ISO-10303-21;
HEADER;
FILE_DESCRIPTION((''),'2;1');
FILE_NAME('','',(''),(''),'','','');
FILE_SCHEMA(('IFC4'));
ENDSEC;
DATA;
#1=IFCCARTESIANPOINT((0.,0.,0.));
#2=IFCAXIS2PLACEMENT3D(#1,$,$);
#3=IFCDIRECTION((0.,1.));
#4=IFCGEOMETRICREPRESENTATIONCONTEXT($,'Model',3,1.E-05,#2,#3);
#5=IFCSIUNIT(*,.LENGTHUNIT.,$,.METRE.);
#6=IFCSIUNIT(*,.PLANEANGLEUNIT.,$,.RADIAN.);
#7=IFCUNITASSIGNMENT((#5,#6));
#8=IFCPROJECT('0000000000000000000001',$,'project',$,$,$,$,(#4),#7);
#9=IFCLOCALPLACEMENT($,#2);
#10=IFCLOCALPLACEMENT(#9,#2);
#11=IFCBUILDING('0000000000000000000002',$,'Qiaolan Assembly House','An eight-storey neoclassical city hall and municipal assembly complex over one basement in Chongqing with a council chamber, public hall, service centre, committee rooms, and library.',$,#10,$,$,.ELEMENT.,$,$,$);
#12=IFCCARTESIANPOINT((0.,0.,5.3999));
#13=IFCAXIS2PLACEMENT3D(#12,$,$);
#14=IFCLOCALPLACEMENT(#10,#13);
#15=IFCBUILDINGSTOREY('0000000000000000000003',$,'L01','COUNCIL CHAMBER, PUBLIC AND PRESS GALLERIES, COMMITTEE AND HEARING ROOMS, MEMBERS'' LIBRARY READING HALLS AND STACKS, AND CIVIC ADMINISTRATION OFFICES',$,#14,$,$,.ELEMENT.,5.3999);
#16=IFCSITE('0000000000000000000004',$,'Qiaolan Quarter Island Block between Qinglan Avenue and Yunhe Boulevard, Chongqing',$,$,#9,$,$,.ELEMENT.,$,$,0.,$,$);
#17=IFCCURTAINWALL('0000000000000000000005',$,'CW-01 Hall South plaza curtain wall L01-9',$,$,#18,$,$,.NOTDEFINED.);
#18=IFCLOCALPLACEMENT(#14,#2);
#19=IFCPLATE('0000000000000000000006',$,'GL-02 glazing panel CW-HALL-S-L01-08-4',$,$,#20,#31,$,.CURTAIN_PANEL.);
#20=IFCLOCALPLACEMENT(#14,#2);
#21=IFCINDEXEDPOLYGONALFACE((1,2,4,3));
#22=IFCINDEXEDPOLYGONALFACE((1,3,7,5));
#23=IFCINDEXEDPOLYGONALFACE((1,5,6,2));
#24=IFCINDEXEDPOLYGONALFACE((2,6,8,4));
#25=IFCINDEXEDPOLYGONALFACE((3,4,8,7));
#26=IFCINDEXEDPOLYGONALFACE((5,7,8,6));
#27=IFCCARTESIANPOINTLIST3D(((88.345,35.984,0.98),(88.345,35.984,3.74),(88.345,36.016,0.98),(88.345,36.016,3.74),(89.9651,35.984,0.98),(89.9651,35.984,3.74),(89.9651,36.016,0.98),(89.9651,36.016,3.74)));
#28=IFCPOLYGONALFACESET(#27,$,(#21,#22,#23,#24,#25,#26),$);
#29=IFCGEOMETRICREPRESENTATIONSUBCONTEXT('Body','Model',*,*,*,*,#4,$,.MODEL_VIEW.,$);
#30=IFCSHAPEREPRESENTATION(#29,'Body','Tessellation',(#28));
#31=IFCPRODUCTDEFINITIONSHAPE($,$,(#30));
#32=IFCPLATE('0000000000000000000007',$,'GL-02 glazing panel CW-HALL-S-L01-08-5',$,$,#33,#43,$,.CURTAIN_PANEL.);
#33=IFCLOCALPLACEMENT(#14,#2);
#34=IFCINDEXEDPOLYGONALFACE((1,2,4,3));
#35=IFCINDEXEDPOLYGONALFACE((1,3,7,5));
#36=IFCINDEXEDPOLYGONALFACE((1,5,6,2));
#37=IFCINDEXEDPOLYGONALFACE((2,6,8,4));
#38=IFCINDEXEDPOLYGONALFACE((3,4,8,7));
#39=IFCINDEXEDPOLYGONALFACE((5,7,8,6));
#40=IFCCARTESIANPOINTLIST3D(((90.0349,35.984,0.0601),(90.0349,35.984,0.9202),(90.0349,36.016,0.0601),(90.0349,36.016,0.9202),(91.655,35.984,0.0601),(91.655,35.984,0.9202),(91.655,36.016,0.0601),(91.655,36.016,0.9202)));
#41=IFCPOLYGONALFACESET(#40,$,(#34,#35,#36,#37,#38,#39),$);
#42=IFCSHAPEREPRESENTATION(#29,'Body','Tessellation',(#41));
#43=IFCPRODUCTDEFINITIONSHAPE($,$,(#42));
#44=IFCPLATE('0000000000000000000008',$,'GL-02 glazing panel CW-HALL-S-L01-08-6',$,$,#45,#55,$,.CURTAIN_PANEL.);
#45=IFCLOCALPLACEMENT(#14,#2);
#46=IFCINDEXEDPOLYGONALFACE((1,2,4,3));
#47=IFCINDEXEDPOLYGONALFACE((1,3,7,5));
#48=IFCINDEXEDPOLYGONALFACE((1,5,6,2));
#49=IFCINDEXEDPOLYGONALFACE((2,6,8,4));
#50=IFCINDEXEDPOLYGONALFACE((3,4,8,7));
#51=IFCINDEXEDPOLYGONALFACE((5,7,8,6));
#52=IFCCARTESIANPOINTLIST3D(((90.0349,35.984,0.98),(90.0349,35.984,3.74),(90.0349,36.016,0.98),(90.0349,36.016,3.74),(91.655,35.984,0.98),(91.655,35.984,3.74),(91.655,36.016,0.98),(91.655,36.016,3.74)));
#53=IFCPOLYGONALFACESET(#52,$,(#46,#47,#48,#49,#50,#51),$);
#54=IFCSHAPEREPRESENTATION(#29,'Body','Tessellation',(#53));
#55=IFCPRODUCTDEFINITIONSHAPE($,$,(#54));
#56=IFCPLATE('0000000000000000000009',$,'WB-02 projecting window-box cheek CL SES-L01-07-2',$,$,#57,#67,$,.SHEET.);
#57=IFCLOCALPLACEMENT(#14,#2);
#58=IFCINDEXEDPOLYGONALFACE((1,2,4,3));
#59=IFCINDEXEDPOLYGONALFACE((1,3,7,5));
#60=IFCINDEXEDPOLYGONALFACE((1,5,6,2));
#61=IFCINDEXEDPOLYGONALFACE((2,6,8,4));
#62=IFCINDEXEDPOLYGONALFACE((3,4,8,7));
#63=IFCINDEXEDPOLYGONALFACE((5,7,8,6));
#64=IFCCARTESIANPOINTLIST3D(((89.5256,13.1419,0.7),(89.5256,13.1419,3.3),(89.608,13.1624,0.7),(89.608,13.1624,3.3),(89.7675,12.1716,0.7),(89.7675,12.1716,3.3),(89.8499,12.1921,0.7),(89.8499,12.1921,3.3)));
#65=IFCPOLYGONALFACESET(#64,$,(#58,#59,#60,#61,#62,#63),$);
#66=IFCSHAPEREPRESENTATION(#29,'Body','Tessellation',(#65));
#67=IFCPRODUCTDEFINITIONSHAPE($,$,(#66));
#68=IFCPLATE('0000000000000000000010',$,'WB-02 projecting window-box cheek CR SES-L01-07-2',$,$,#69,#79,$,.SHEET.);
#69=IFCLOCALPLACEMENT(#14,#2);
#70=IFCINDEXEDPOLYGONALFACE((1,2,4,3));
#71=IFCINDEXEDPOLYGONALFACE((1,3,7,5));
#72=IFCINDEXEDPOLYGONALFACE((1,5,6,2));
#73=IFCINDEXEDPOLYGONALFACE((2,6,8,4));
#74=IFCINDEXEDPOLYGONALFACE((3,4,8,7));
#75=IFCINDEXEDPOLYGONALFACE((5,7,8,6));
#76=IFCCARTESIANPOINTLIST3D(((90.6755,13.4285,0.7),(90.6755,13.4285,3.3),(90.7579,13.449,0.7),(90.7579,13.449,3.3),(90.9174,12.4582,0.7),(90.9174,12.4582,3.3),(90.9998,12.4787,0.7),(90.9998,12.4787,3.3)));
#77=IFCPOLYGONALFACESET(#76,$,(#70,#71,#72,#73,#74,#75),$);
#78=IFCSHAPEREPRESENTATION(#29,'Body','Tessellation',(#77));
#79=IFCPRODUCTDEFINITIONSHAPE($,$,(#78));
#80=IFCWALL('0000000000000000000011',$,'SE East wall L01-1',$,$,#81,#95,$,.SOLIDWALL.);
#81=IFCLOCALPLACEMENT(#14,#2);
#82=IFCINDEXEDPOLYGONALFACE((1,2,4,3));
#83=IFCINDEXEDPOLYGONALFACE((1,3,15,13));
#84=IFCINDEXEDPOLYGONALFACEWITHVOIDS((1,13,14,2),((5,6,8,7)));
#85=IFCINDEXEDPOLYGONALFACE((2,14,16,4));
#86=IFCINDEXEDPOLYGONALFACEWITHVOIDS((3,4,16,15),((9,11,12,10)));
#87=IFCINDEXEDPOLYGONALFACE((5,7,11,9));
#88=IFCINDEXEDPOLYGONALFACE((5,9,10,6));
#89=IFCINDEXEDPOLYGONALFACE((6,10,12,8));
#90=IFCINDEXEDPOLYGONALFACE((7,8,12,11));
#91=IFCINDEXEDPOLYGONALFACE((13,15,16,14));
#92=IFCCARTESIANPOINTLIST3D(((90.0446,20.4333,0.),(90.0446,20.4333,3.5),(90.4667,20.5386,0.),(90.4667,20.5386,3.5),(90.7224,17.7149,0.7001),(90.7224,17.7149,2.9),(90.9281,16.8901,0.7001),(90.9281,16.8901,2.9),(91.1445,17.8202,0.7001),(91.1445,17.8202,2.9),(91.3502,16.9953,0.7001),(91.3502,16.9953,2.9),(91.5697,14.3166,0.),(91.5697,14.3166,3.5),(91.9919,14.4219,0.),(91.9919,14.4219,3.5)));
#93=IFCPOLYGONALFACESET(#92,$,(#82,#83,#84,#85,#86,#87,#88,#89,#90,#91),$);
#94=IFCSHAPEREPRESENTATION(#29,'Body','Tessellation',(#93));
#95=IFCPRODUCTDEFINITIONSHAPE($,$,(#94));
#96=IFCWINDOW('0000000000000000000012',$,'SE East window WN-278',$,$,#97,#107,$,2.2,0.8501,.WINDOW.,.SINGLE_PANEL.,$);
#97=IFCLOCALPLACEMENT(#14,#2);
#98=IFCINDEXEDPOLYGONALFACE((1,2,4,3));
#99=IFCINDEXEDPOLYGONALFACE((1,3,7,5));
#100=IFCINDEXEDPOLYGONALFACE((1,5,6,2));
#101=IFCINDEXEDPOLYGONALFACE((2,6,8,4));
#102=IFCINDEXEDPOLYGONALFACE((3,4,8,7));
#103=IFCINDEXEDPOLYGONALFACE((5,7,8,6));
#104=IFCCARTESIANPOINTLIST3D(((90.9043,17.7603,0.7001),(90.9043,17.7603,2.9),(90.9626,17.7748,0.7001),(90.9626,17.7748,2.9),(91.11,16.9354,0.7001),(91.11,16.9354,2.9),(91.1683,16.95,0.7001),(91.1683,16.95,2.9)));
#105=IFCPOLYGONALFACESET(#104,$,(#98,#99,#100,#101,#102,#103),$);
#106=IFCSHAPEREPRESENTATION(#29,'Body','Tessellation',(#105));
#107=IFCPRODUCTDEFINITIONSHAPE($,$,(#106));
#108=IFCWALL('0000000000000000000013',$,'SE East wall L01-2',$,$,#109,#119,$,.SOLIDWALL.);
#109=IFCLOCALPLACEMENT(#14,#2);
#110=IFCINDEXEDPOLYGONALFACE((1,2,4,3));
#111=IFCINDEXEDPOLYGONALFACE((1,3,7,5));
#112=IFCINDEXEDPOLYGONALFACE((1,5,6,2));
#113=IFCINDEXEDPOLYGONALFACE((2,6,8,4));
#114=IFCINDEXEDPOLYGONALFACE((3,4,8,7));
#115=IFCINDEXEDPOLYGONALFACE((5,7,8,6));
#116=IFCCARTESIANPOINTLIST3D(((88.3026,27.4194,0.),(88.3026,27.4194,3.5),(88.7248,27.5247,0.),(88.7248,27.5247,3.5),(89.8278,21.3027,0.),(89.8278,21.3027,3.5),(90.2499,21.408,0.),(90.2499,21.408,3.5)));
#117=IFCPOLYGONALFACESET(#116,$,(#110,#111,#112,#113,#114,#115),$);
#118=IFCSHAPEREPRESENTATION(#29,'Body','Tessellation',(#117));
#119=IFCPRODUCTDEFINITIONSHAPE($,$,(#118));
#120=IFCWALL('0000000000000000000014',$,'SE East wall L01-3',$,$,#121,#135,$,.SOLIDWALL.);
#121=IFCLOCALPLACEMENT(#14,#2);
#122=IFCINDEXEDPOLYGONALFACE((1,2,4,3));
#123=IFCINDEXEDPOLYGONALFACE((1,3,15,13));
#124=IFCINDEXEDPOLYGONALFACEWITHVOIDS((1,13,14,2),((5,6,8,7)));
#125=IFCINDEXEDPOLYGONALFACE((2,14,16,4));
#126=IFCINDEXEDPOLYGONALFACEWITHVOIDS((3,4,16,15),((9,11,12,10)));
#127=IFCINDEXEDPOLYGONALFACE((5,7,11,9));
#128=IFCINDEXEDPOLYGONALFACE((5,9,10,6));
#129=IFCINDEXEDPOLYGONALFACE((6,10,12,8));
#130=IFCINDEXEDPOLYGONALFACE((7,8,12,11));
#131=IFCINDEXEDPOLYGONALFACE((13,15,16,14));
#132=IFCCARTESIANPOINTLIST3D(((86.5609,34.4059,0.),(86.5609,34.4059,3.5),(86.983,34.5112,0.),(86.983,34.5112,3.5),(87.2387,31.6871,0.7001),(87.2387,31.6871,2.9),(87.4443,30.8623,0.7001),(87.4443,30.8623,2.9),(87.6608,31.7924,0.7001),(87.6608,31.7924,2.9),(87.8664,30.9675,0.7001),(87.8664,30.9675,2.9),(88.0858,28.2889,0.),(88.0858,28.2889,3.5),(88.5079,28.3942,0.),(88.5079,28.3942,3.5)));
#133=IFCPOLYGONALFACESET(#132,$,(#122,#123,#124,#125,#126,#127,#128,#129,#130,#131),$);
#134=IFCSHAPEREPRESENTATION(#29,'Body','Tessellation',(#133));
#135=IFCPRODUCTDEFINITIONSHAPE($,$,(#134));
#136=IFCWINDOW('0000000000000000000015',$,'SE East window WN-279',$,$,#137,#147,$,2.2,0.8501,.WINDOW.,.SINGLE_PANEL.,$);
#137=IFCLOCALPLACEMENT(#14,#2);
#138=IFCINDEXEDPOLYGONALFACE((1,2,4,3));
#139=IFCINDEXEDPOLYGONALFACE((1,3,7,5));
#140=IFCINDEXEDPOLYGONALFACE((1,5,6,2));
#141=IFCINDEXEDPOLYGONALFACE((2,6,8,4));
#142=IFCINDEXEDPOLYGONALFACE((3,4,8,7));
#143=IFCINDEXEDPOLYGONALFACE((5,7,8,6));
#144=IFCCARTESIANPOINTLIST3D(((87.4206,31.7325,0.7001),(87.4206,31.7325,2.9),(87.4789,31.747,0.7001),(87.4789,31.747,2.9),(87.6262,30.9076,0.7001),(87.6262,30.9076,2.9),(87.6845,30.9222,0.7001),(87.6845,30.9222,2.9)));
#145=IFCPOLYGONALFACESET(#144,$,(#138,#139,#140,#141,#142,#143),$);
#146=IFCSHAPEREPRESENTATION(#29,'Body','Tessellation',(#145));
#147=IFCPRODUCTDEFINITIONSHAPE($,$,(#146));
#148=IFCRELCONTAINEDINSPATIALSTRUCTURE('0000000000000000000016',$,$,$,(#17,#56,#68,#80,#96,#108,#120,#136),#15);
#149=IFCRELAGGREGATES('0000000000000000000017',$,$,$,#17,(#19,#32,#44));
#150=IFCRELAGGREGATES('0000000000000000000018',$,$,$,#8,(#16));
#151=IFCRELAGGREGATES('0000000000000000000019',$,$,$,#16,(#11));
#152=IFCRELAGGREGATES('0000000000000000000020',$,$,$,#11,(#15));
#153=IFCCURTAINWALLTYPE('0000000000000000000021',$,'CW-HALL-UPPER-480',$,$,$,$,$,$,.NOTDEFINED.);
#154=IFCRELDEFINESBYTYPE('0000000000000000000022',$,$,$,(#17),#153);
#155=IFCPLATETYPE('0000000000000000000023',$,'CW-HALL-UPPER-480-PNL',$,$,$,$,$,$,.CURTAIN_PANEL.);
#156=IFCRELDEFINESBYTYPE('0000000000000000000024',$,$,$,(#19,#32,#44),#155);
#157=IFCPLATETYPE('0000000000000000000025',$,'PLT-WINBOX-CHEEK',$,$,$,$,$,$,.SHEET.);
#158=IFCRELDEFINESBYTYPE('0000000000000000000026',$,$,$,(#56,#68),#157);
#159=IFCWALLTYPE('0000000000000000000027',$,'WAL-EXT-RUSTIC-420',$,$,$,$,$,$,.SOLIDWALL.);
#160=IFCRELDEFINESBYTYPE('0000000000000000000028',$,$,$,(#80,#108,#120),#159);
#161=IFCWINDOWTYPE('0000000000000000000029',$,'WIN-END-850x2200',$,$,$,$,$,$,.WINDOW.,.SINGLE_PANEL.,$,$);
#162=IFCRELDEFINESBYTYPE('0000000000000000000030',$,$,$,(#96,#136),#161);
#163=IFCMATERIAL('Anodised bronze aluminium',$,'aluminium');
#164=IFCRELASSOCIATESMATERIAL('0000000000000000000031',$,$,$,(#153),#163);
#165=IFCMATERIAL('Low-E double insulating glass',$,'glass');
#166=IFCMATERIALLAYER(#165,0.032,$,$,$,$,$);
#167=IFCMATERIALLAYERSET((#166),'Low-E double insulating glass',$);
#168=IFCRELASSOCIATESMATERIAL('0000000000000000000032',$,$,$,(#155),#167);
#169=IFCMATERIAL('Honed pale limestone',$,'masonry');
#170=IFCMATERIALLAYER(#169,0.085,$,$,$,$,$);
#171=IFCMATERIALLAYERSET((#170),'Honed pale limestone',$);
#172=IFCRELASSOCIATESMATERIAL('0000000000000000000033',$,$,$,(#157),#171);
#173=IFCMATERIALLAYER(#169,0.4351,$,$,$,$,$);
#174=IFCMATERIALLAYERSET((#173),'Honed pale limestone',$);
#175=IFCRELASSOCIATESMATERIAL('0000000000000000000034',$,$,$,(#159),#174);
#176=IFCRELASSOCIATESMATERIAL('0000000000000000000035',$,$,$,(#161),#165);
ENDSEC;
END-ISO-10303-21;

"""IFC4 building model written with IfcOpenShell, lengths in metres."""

from ifc_helpers import new_model, si_unit, direction, frame, frame_2d, origin, origin_2d, place, context, subcontext, project, spatial, rectangle, extrude, material, layer, layer_set, type_object, element, fill, aggregate, save


model = new_model("IFC4")

# Units and contexts
model_context = context("Model", 3, precision=1e-05, world=origin(), true_north=direction((0.0, 1.0)))
body_context = subcontext(model_context, "Body", "Model", "MODEL_VIEW")
ifc_project = project(units=[si_unit("LENGTHUNIT", "METRE"), si_unit("PLANEANGLEUNIT", "RADIAN")], contexts=[model_context])

# Site, building, storey
site_placement = place(None, origin())
site = spatial("IfcSite", under=ifc_project, at=site_placement, Name="Qiaolan Quarter Island Block between Qinglan Avenue and Yunhe Boulevard, Chongqing", CompositionType="ELEMENT", RefElevation=0.0)
building_placement = place(site_placement, origin())
building = spatial("IfcBuilding", under=site, at=building_placement, Name="Qiaolan Assembly House", Description="An eight-storey neoclassical city hall and municipal assembly complex over one basement in Chongqing with a council chamber, public hall, service centre, committee rooms, and library.", CompositionType="ELEMENT")
storey_placement = place(building_placement, frame((0.0, 0.0, 5.3999)))
storey = spatial("IfcBuildingStorey", under=building, at=storey_placement, Name="L01", Description="COUNCIL CHAMBER, PUBLIC AND PRESS GALLERIES, COMMITTEE AND HEARING ROOMS, MEMBERS' LIBRARY READING HALLS AND STACKS, AND CIVIC ADMINISTRATION OFFICES", CompositionType="ELEMENT", Elevation=5.3999)

# Curtain wall
ifc_material_1 = material(Name="Anodised bronze aluminium", Category="aluminium")
curtain_wall_type = type_object("IfcCurtainWallType", Name="CW-HALL-UPPER-480", PredefinedType="NOTDEFINED", material=ifc_material_1)
curtain_wall_placement = place(storey_placement, origin())
curtain_wall = element("IfcCurtainWall", 1, at=curtain_wall_placement, inside=storey, type_object=curtain_wall_type, Name="CW-01 Hall South plaza curtain wall L01-9", PredefinedType="NOTDEFINED")

# Plates
ifc_material_2 = material(Name="Low-E double insulating glass", Category="glass")
ifc_layer_1 = layer(ifc_material_2, 0.032)
ifc_layer_set_1 = layer_set([ifc_layer_1], Name="Low-E double insulating glass")
plate_type_1 = type_object("IfcPlateType", Name="CW-HALL-UPPER-480-PNL", PredefinedType="CURTAIN_PANEL", material=ifc_layer_set_1)
plate_1_placement = place(storey_placement, frame((88.345, 36.0, 0.98), z_axis=(0.0, 0.0, 1.0), x_axis=(1.0, 0.0, 0.0)))
plate_1 = element("IfcPlate", 2, at=plate_1_placement, type_object=plate_type_1, Name="GL-02 glazing panel CW-HALL-S-L01-08-4", PredefinedType="CURTAIN_PANEL", context=body_context, shape_type="SweptSolid", body=[
    extrude(rectangle(XDim=1.6201, YDim=0.032, at=frame_2d((0.8101, 0.0))), origin(), (0.0, 0.0, 1.0), 2.76),
])
plate_2_placement = place(storey_placement, frame((90.0349, 36.0, 0.0601), z_axis=(0.0, 0.0, 1.0), x_axis=(1.0, 0.0, 0.0)))
plate_2 = element("IfcPlate", 3, at=plate_2_placement, type_object=plate_type_1, Name="GL-02 glazing panel CW-HALL-S-L01-08-5", PredefinedType="CURTAIN_PANEL", context=body_context, shape_type="SweptSolid", body=[
    extrude(rectangle(XDim=1.6201, YDim=0.032, at=frame_2d((0.8101, 0.0))), origin(), (0.0, 0.0, 1.0), 0.8601),
])
plate_3_placement = place(storey_placement, frame((90.0349, 36.0, 0.98), z_axis=(0.0, 0.0, 1.0), x_axis=(1.0, 0.0, 0.0)))
plate_3 = element("IfcPlate", 4, at=plate_3_placement, type_object=plate_type_1, Name="GL-02 glazing panel CW-HALL-S-L01-08-6", PredefinedType="CURTAIN_PANEL", context=body_context, shape_type="SweptSolid", body=[
    extrude(rectangle(XDim=1.6201, YDim=0.032, at=frame_2d((0.8101, 0.0))), origin(), (0.0, 0.0, 1.0), 2.76),
])
aggregate(curtain_wall, [plate_1, plate_2, plate_3])

# Plates
ifc_material_3 = material(Name="Honed pale limestone", Category="masonry")
ifc_layer_2 = layer(ifc_material_3, 0.085)
ifc_layer_set_2 = layer_set([ifc_layer_2], Name="Honed pale limestone")
plate_type_2 = type_object("IfcPlateType", Name="PLT-WINBOX-CHEEK", PredefinedType="SHEET", material=ifc_layer_set_2)
for number, where, z_axis, x_axis, name in (
    (5, (89.6877, 12.667, 0.7), (0.0, 0.0, 1.0), (0.970296, 0.241922, 0.0), "WB-02 projecting window-box cheek CL SES-L01-07-2"),
    (6, (90.8376, 12.9536, 0.7), (0.0, 0.0, 1.0), (0.970296, 0.241922, 0.0), "WB-02 projecting window-box cheek CR SES-L01-07-2"),
):
    element("IfcPlate", number, at=place(storey_placement, frame(where, z_axis=z_axis, x_axis=x_axis)), inside=storey, type_object=plate_type_2, Name=name, PredefinedType="SHEET", context=body_context, shape_type="SweptSolid", body=[
        extrude(rectangle(XDim=0.085, YDim=1.0, at=origin_2d()), origin(), (0.0, 0.0, 1.0), 2.6001),
    ])

# Wall, opening, window
ifc_layer_3 = layer(ifc_material_3, 0.4351)
ifc_layer_set_3 = layer_set([ifc_layer_3], Name="Honed pale limestone")
wall_type = type_object("IfcWallType", Name="WAL-EXT-RUSTIC-420", PredefinedType="SOLIDWALL", material=ifc_layer_set_3)
wall_1_placement = place(storey_placement, frame((91.7808, 14.3694, 0.0), z_axis=(0.0, 0.0, 1.0), x_axis=(-0.241934, 0.970293, 0.0)))
wall_1 = element("IfcWall", 7, at=wall_1_placement, inside=storey, type_object=wall_type, Name="SE East wall L01-1", PredefinedType="SOLIDWALL", context=body_context, shape_type="SweptSolid", body=[
    extrude(rectangle(XDim=6.304, YDim=0.4351, at=frame_2d((3.1519, 0.0))), origin(), (0.0, 0.0, 1.0), 3.5),
])
opening_1_placement = place(wall_1_placement, frame((2.6521, 0.0, 0.7)))
opening_1 = element("IfcOpeningElement", 8, at=opening_1_placement, cuts=wall_1, PredefinedType="OPENING", context=body_context, shape_type="SweptSolid", body=[
    extrude(rectangle(XDim=0.8501, YDim=2.2, at=frame_2d((0.425, 1.1001))), frame((0.0, 0.2275, 0.0), z_axis=(0.0, -1.0, 0.0), x_axis=(1.0, 0.0, 0.0)), (0.0, 0.0, 1.0), 0.4551),
])
window_type = type_object("IfcWindowType", Name="WIN-END-850x2200", PartitioningType="SINGLE_PANEL", PredefinedType="WINDOW", material=ifc_material_2)
window_1_placement = place(opening_1_placement, origin())
window_1 = element("IfcWindow", 9, at=window_1_placement, inside=storey, type_object=window_type, Name="SE East window WN-278", OverallHeight=2.2, OverallWidth=0.8501, PartitioningType="SINGLE_PANEL", PredefinedType="WINDOW", context=body_context, shape_type="SweptSolid", body=[
    extrude(rectangle(XDim=0.8501, YDim=2.2, at=frame_2d((0.425, 1.1001))), frame((0.0, 0.03, 0.0), z_axis=(0.0, -1.0, 0.0), x_axis=(1.0, 0.0, 0.0)), (0.0, 0.0, 1.0), 0.0601),
])
fill(opening_1, window_1)

# Wall
wall_2_placement = place(storey_placement, frame((90.0388, 21.3555, 0.0), z_axis=(0.0, 0.0, 1.0), x_axis=(-0.241934, 0.970293, 0.0)))
element("IfcWall", 10, at=wall_2_placement, inside=storey, type_object=wall_type, Name="SE East wall L01-2", PredefinedType="SOLIDWALL", context=body_context, shape_type="SweptSolid", body=[
    extrude(rectangle(XDim=6.304, YDim=0.4351, at=frame_2d((3.1519, 0.0))), origin(), (0.0, 0.0, 1.0), 3.5),
])

# Wall, opening, window
wall_3_placement = place(storey_placement, frame((88.2969, 28.3416, 0.0), z_axis=(0.0, 0.0, 1.0), x_axis=(-0.241889, 0.970304, 0.0)))
wall_3 = element("IfcWall", 11, at=wall_3_placement, inside=storey, type_object=wall_type, Name="SE East wall L01-3", PredefinedType="SOLIDWALL", context=body_context, shape_type="SweptSolid", body=[
    extrude(rectangle(XDim=6.3042, YDim=0.4351, at=frame_2d((3.1521, 0.0))), origin(), (0.0, 0.0, 1.0), 3.5),
])
opening_2_placement = place(wall_3_placement, frame((2.6521, 0.0, 0.7)))
opening_2 = element("IfcOpeningElement", 12, at=opening_2_placement, cuts=wall_3, PredefinedType="OPENING", context=body_context, shape_type="SweptSolid", body=[
    extrude(rectangle(XDim=0.8501, YDim=2.2, at=frame_2d((0.425, 1.1001))), frame((0.0, 0.2275, 0.0), z_axis=(0.0, -1.0, 0.0), x_axis=(1.0, 0.0, 0.0)), (0.0, 0.0, 1.0), 0.4551),
])
window_2_placement = place(opening_2_placement, origin())
window_2 = element("IfcWindow", 13, at=window_2_placement, inside=storey, type_object=window_type, Name="SE East window WN-279", OverallHeight=2.2, OverallWidth=0.8501, PartitioningType="SINGLE_PANEL", PredefinedType="WINDOW", context=body_context, shape_type="SweptSolid", body=[
    extrude(rectangle(XDim=0.8501, YDim=2.2, at=frame_2d((0.425, 1.1001))), frame((0.0, 0.03, 0.0), z_axis=(0.0, -1.0, 0.0), x_axis=(1.0, 0.0, 0.0)), (0.0, 0.0, 1.0), 0.0601),
])
fill(opening_2, window_2)

save(model, "model.ifc")
